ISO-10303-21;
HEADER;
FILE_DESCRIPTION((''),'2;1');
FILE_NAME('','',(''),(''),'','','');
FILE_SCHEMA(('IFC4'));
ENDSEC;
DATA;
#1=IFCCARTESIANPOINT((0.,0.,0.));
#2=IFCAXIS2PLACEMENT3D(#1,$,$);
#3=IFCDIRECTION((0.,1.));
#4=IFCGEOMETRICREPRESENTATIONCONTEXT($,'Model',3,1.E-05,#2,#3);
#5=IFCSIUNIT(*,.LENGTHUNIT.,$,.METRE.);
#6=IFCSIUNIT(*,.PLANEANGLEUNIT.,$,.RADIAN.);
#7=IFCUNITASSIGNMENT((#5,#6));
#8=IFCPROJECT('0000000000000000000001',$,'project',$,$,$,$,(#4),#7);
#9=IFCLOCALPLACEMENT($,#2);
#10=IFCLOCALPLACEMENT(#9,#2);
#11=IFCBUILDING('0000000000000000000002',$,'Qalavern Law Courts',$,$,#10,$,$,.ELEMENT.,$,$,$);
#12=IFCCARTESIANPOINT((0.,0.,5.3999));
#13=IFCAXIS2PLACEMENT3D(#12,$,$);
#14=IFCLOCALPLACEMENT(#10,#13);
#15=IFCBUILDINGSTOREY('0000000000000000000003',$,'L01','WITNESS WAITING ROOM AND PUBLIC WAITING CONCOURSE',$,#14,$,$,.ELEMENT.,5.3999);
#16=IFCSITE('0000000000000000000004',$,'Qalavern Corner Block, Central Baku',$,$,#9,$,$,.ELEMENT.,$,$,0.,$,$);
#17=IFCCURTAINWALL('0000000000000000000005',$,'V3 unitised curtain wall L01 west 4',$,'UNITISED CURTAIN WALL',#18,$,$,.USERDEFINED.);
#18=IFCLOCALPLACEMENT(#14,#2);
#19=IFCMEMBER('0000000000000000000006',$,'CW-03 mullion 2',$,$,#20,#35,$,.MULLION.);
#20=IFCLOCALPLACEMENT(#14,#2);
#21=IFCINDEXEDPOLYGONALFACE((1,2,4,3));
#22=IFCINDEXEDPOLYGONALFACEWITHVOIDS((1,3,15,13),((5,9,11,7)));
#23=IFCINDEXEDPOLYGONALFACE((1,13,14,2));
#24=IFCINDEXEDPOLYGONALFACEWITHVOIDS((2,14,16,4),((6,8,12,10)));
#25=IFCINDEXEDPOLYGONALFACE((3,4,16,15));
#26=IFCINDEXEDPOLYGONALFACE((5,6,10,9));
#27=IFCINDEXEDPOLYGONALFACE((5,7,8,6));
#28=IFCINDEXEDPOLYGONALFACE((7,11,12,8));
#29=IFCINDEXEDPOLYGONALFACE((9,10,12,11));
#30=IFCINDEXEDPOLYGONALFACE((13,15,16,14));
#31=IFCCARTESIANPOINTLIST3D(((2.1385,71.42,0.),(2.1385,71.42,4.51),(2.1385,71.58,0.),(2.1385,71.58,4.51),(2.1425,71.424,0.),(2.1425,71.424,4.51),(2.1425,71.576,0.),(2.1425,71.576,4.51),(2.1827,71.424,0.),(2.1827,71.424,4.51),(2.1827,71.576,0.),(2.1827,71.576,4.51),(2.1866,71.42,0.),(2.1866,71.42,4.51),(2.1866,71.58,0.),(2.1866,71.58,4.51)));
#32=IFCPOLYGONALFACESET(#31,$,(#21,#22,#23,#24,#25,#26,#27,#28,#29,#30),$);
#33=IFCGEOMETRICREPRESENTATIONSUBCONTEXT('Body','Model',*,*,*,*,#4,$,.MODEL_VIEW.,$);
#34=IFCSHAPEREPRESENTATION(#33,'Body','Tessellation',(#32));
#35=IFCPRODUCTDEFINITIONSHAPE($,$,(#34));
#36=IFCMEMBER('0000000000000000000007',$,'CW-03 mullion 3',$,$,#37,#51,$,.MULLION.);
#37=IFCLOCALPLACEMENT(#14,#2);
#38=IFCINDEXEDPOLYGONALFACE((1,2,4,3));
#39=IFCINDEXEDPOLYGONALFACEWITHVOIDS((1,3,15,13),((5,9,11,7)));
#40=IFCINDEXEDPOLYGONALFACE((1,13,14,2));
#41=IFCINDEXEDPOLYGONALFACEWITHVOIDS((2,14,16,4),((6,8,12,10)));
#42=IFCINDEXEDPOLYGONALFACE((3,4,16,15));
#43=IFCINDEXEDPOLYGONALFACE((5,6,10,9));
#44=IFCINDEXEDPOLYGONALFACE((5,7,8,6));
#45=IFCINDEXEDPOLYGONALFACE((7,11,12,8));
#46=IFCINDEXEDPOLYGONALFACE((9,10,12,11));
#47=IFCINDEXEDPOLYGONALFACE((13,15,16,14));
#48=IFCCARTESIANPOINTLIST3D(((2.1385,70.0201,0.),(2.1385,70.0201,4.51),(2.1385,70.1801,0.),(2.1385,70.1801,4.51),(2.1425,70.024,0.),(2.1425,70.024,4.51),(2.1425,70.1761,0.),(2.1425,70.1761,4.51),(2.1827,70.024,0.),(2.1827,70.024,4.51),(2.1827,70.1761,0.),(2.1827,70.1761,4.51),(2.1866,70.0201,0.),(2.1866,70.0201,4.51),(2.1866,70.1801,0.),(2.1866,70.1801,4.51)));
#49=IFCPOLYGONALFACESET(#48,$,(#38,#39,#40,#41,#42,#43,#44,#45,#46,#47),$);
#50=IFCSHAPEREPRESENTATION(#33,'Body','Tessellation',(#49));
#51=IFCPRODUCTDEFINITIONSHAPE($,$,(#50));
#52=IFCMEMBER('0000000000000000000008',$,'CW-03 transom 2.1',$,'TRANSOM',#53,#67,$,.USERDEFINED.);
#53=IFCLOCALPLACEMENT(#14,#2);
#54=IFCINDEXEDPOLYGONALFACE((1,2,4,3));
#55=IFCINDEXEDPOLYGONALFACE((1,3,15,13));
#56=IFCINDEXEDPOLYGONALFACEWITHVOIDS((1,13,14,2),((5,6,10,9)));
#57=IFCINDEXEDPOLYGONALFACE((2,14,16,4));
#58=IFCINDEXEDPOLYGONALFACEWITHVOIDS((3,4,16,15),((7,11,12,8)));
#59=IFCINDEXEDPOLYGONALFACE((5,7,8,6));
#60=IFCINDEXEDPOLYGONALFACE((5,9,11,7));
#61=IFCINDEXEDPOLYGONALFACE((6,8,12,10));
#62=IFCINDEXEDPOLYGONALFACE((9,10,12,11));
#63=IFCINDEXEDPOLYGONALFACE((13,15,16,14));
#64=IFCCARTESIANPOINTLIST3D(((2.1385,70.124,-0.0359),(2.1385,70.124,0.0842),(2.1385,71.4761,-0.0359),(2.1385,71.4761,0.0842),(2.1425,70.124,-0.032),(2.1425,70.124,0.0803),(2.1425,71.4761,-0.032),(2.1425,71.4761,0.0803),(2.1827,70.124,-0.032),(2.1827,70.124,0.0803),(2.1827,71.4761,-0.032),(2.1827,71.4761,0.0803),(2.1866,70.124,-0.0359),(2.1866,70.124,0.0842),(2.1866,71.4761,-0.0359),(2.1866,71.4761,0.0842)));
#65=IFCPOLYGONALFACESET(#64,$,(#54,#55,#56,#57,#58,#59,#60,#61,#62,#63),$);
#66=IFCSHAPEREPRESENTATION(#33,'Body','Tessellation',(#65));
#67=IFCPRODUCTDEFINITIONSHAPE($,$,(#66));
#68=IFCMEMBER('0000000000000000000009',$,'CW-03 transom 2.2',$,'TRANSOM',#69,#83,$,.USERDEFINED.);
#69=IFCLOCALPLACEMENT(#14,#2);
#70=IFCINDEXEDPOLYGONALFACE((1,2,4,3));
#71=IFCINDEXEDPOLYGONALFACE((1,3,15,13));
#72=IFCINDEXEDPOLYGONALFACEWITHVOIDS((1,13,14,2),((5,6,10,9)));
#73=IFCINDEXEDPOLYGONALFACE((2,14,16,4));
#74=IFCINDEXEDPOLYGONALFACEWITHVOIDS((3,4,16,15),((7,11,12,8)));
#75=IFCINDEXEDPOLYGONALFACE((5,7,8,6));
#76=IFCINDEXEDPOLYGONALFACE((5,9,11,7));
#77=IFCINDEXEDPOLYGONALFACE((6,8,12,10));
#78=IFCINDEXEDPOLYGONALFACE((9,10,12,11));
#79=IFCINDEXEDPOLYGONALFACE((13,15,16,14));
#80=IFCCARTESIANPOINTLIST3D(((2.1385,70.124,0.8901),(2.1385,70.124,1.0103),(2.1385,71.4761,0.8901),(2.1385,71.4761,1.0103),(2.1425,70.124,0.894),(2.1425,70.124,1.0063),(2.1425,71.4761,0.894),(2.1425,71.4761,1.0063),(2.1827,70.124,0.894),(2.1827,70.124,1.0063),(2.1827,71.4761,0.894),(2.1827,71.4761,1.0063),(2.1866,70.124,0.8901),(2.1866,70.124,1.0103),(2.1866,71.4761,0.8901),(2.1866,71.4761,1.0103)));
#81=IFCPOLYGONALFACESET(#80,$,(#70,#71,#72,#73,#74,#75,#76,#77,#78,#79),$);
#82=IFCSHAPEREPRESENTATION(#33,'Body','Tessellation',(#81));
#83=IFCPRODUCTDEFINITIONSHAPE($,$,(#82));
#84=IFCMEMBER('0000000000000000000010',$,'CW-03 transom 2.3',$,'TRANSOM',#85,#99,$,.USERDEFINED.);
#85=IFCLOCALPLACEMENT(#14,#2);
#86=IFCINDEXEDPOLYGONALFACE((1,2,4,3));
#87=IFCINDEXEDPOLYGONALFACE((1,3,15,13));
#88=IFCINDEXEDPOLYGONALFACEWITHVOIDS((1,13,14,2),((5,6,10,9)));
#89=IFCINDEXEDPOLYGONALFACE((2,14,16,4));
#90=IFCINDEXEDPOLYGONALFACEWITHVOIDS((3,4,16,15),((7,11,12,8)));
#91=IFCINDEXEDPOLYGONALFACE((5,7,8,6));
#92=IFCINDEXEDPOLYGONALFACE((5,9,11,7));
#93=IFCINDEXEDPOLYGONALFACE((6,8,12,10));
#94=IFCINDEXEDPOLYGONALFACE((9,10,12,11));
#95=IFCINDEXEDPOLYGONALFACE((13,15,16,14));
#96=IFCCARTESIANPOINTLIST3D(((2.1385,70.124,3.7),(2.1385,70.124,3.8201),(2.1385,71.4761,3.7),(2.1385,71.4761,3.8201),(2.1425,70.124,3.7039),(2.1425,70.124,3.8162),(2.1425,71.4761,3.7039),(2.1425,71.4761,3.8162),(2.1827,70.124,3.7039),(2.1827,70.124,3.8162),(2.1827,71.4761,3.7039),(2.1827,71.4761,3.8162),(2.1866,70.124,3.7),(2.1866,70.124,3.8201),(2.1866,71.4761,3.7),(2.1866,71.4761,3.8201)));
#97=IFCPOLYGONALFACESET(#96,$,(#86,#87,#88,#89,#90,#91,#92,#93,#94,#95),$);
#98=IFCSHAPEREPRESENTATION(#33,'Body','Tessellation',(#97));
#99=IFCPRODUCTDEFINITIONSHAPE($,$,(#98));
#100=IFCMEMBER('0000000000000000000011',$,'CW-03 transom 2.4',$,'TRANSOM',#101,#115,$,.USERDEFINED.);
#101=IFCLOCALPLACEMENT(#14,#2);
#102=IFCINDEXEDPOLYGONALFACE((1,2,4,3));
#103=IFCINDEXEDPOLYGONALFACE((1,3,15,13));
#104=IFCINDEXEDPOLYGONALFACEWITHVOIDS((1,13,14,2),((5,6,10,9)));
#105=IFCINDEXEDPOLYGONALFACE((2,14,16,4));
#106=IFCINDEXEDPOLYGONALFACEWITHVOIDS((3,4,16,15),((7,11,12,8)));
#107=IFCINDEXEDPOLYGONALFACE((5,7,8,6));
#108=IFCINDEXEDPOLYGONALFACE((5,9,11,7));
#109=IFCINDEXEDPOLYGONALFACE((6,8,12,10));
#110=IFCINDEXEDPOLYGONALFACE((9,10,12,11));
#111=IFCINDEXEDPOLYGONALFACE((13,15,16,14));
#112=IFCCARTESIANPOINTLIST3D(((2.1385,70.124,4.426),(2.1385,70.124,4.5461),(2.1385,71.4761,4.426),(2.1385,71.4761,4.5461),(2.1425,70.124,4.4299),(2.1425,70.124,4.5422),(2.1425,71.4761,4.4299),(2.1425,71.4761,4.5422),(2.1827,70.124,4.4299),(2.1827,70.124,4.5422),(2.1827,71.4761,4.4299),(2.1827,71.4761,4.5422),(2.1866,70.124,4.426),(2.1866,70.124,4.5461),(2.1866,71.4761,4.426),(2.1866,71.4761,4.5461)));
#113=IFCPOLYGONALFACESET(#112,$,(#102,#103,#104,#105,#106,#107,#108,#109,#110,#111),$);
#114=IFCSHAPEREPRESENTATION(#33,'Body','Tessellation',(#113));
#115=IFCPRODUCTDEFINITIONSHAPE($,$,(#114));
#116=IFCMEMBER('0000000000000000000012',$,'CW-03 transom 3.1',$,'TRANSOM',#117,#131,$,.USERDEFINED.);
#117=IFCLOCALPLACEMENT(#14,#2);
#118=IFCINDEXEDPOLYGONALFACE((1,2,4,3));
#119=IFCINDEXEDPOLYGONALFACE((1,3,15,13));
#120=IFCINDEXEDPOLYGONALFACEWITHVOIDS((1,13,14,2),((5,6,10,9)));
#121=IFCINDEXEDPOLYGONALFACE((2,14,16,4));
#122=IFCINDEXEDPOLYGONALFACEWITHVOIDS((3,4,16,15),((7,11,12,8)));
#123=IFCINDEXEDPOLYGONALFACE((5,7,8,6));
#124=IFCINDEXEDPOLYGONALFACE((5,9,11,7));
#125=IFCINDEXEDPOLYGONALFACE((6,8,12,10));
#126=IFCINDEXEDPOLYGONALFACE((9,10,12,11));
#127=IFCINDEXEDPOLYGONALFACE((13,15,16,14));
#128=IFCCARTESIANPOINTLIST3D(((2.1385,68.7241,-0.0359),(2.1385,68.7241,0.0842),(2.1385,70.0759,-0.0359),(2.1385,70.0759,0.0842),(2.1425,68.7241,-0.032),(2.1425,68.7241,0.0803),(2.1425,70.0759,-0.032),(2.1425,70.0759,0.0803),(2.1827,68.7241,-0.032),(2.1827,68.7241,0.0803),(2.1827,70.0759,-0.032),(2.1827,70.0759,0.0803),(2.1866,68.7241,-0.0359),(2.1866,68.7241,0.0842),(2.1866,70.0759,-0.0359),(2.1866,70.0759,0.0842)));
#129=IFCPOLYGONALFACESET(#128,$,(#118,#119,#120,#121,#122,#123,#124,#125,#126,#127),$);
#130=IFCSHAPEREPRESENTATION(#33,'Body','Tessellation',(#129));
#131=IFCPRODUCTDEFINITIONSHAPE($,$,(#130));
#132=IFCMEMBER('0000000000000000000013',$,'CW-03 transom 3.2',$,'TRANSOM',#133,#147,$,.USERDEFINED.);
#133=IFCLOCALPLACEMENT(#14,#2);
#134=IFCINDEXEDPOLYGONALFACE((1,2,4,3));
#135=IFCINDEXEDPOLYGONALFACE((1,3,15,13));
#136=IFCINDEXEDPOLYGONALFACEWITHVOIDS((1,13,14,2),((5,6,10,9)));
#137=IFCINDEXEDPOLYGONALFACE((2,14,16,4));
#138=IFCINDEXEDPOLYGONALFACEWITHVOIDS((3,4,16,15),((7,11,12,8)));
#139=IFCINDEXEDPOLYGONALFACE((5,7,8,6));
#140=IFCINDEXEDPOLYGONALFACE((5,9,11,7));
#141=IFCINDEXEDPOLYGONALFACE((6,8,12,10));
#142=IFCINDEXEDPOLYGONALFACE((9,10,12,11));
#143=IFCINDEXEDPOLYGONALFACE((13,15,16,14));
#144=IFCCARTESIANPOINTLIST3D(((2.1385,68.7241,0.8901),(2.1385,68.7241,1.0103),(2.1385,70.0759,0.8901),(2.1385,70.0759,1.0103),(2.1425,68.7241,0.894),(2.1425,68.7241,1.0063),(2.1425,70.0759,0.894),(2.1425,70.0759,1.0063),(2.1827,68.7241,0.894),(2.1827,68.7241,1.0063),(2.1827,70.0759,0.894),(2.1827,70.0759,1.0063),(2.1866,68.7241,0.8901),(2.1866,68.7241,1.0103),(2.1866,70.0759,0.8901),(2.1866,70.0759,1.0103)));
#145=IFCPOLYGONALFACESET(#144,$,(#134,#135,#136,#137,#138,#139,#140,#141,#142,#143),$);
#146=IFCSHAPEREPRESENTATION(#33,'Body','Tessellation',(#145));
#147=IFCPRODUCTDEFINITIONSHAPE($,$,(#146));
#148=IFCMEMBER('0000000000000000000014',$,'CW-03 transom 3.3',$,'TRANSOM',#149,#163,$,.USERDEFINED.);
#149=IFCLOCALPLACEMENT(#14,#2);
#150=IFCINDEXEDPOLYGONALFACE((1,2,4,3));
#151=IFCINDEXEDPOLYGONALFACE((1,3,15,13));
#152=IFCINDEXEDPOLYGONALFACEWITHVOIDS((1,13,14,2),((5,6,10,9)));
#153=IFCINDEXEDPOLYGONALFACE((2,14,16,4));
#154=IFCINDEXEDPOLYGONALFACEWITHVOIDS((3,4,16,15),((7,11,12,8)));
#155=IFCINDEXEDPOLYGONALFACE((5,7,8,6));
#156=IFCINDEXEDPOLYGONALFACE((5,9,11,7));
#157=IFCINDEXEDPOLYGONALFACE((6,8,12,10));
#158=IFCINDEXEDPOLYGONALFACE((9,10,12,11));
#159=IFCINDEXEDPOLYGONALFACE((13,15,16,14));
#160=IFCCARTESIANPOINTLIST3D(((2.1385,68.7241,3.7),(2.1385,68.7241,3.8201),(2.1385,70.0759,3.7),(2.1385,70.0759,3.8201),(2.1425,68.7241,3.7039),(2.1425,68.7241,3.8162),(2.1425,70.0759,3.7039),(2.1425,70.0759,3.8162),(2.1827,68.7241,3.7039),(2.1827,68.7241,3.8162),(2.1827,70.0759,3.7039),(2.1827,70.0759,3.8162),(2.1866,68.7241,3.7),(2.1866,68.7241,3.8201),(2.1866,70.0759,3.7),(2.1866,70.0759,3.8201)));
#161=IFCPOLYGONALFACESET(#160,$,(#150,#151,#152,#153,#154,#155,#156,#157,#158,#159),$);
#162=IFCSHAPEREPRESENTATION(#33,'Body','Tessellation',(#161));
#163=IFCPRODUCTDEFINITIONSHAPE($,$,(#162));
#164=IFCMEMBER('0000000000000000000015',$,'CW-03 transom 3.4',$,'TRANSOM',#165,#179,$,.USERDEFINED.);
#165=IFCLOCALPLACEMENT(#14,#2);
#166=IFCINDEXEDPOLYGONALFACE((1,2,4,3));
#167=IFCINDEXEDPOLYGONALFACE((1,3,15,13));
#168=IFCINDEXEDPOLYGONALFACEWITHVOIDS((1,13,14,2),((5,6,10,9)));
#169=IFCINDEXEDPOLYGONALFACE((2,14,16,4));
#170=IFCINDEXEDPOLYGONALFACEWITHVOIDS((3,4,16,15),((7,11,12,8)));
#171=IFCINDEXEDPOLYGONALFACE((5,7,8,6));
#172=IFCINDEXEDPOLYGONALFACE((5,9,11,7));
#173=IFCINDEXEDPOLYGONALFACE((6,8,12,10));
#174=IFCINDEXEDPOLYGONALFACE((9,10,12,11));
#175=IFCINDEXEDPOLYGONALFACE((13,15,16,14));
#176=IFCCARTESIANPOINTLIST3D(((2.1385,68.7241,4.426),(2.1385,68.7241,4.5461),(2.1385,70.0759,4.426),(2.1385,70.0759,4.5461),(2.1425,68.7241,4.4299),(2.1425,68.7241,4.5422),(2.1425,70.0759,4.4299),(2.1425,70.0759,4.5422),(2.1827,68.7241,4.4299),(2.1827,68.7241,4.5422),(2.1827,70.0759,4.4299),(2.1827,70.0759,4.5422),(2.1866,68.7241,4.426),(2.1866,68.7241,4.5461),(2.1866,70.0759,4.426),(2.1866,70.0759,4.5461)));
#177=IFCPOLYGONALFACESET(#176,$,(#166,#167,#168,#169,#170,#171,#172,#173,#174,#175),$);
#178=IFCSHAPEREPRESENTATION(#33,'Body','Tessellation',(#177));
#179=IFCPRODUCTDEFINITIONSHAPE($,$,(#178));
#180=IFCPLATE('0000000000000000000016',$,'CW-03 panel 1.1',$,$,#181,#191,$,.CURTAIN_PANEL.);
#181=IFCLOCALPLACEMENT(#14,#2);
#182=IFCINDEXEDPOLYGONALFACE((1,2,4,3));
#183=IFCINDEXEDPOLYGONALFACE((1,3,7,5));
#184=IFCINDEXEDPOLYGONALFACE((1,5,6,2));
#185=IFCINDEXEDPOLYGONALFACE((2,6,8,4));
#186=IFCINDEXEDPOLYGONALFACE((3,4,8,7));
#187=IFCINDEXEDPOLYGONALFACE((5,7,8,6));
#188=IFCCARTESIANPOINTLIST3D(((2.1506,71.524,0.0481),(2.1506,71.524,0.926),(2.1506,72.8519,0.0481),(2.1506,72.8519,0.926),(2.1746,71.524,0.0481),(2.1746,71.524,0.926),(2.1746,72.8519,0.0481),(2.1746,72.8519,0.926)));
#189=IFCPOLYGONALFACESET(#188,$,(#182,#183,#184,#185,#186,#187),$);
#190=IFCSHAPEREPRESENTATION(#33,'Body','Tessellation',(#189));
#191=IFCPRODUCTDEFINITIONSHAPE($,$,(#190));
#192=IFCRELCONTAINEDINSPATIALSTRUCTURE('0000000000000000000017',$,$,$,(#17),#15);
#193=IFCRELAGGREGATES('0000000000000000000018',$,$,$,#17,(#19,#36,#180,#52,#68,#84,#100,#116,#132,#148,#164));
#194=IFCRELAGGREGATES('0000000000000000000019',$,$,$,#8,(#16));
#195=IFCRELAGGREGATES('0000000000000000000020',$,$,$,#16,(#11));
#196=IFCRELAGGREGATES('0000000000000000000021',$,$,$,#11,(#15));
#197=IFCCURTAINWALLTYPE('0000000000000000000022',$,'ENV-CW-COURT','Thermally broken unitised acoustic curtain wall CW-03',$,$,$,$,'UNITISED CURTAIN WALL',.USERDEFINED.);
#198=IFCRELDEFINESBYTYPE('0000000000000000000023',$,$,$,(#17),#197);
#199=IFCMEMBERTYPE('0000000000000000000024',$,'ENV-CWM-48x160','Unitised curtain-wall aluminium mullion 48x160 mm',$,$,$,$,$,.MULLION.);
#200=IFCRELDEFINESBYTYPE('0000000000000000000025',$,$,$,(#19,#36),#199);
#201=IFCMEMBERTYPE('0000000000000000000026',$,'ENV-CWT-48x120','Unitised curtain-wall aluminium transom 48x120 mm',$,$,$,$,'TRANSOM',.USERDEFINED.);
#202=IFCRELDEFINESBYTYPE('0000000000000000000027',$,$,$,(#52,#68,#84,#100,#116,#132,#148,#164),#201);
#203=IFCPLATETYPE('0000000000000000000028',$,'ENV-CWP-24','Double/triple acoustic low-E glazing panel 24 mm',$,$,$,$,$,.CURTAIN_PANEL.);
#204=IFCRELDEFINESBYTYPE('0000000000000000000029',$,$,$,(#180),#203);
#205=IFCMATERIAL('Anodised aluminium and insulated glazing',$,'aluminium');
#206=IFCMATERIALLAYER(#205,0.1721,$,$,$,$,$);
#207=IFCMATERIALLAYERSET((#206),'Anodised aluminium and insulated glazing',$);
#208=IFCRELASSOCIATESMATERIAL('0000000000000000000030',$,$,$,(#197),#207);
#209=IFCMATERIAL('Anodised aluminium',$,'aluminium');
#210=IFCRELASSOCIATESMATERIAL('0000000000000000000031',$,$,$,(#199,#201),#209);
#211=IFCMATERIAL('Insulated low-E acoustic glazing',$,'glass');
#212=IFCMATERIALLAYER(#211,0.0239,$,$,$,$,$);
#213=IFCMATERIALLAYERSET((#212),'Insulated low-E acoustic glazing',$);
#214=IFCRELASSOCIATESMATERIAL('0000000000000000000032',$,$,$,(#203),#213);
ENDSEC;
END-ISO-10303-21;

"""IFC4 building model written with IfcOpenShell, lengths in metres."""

from ifc_helpers import new_model, si_unit, direction, frame, origin, origin_2d, place, context, subcontext, project, spatial, rectangle, hollow_rectangle, extrude, material, layer, layer_set, material_profile, profile_set, type_object, element, aggregate, save


model = new_model("IFC4")

# Units and contexts
model_context = context("Model", 3, precision=1e-05, world=origin(), true_north=direction((0.0, 1.0)))
body_context = subcontext(model_context, "Body", "Model", "MODEL_VIEW")
ifc_project = project(units=[si_unit("LENGTHUNIT", "METRE"), si_unit("PLANEANGLEUNIT", "RADIAN")], contexts=[model_context])

# Site, building, storey
site_placement = place(None, origin())
site = spatial("IfcSite", under=ifc_project, at=site_placement, Name="Qalavern Corner Block, Central Baku", CompositionType="ELEMENT", RefElevation=0.0)
building_placement = place(site_placement, origin())
building = spatial("IfcBuilding", under=site, at=building_placement, Name="Qalavern Law Courts", CompositionType="ELEMENT")
storey_placement = place(building_placement, frame((0.0, 0.0, 5.3999)))
storey = spatial("IfcBuildingStorey", under=building, at=storey_placement, Name="L01", Description="WITNESS WAITING ROOM AND PUBLIC WAITING CONCOURSE", CompositionType="ELEMENT", Elevation=5.3999)

# Curtain wall, members, plate
ifc_material_1 = material(Name="Anodised aluminium and insulated glazing", Category="aluminium")
ifc_layer_1 = layer(ifc_material_1, 0.1721)
ifc_layer_set_1 = layer_set([ifc_layer_1], Name="Anodised aluminium and insulated glazing")
curtain_wall_type = type_object("IfcCurtainWallType", Name="ENV-CW-COURT", Description="Thermally broken unitised acoustic curtain wall CW-03", ElementType="UNITISED CURTAIN WALL", PredefinedType="USERDEFINED", material=ifc_layer_set_1)
curtain_wall_placement = place(storey_placement, origin())
curtain_wall = element("IfcCurtainWall", 1, at=curtain_wall_placement, inside=storey, type_object=curtain_wall_type, Name="V3 unitised curtain wall L01 west 4", ObjectType="UNITISED CURTAIN WALL", PredefinedType="USERDEFINED")
ifc_material_2 = material(Name="Anodised aluminium", Category="aluminium")
ifc_material_profile_1 = material_profile(ifc_material_2, hollow_rectangle(XDim=0.0481, YDim=0.1599, WallThickness=0.0039, at=origin_2d()), Name="ALU MULLION 48x160")
ifc_profile_set_1 = profile_set([ifc_material_profile_1], Name="Anodised aluminium")
member_type_1 = type_object("IfcMemberType", Name="ENV-CWM-48x160", Description="Unitised curtain-wall aluminium mullion 48x160 mm", PredefinedType="MULLION", material=ifc_profile_set_1)
member_1_placement = place(storey_placement, frame((2.1626, 71.5, 0.0), z_axis=(0.0, 0.0, 1.0), x_axis=(1.0, 0.0, 0.0)))
member_1 = element("IfcMember", 2, at=member_1_placement, type_object=member_type_1, Name="CW-03 mullion 2", PredefinedType="MULLION", context=body_context, shape_type="SweptSolid", body=[
    extrude(hollow_rectangle(XDim=0.0481, YDim=0.1599, WallThickness=0.0039, at=origin_2d()), origin(), (0.0, 0.0, 1.0), 4.51),
])
member_2_placement = place(storey_placement, frame((2.1626, 70.1001, 0.0), z_axis=(0.0, 0.0, 1.0), x_axis=(1.0, 0.0, 0.0)))
member_2 = element("IfcMember", 3, at=member_2_placement, type_object=member_type_1, Name="CW-03 mullion 3", PredefinedType="MULLION", context=body_context, shape_type="SweptSolid", body=[
    extrude(hollow_rectangle(XDim=0.0481, YDim=0.1599, WallThickness=0.0039, at=origin_2d()), origin(), (0.0, 0.0, 1.0), 4.51),
])
ifc_material_profile_2 = material_profile(ifc_material_2, hollow_rectangle(XDim=0.0481, YDim=0.1201, WallThickness=0.0039, at=origin_2d()), Name="ALU TRANSOM 48x120")
ifc_profile_set_2 = profile_set([ifc_material_profile_2], Name="Anodised aluminium")
member_type_2 = type_object("IfcMemberType", Name="ENV-CWT-48x120", Description="Unitised curtain-wall aluminium transom 48x120 mm", ElementType="TRANSOM", PredefinedType="USERDEFINED", material=ifc_profile_set_2)
member_3_placement = place(storey_placement, frame((2.1626, 71.4761, 0.0242), z_axis=(0.0, -1.0, 0.0), x_axis=(1.0, 0.0, 0.0)))
member_3 = element("IfcMember", 4, at=member_3_placement, type_object=member_type_2, Name="CW-03 transom 2.1", ObjectType="TRANSOM", PredefinedType="USERDEFINED", context=body_context, shape_type="SweptSolid", body=[
    extrude(hollow_rectangle(XDim=0.0481, YDim=0.1201, WallThickness=0.0039, at=origin_2d()), origin(), (0.0, 0.0, 1.0), 1.3521),
])
member_4_placement = place(storey_placement, frame((2.1626, 71.4761, 0.9502), z_axis=(0.0, -1.0, 0.0), x_axis=(1.0, 0.0, 0.0)))
member_4 = element("IfcMember", 5, at=member_4_placement, type_object=member_type_2, Name="CW-03 transom 2.2", ObjectType="TRANSOM", PredefinedType="USERDEFINED", context=body_context, shape_type="SweptSolid", body=[
    extrude(hollow_rectangle(XDim=0.0481, YDim=0.1201, WallThickness=0.0039, at=origin_2d()), origin(), (0.0, 0.0, 1.0), 1.3521),
])
member_5_placement = place(storey_placement, frame((2.1626, 71.4761, 3.76), z_axis=(0.0, -1.0, 0.0), x_axis=(1.0, 0.0, 0.0)))
member_5 = element("IfcMember", 6, at=member_5_placement, type_object=member_type_2, Name="CW-03 transom 2.3", ObjectType="TRANSOM", PredefinedType="USERDEFINED", context=body_context, shape_type="SweptSolid", body=[
    extrude(hollow_rectangle(XDim=0.0481, YDim=0.1201, WallThickness=0.0039, at=origin_2d()), origin(), (0.0, 0.0, 1.0), 1.3521),
])
member_6_placement = place(storey_placement, frame((2.1626, 71.4761, 4.4861), z_axis=(0.0, -1.0, 0.0), x_axis=(1.0, 0.0, 0.0)))
member_6 = element("IfcMember", 7, at=member_6_placement, type_object=member_type_2, Name="CW-03 transom 2.4", ObjectType="TRANSOM", PredefinedType="USERDEFINED", context=body_context, shape_type="SweptSolid", body=[
    extrude(hollow_rectangle(XDim=0.0481, YDim=0.1201, WallThickness=0.0039, at=origin_2d()), origin(), (0.0, 0.0, 1.0), 1.3521),
])
member_7_placement = place(storey_placement, frame((2.1626, 70.0759, 0.0242), z_axis=(0.0, -1.0, 0.0), x_axis=(1.0, 0.0, 0.0)))
member_7 = element("IfcMember", 8, at=member_7_placement, type_object=member_type_2, Name="CW-03 transom 3.1", ObjectType="TRANSOM", PredefinedType="USERDEFINED", context=body_context, shape_type="SweptSolid", body=[
    extrude(hollow_rectangle(XDim=0.0481, YDim=0.1201, WallThickness=0.0039, at=origin_2d()), origin(), (0.0, 0.0, 1.0), 1.3518),
])
member_8_placement = place(storey_placement, frame((2.1626, 70.0759, 0.9502), z_axis=(0.0, -1.0, 0.0), x_axis=(1.0, 0.0, 0.0)))
member_8 = element("IfcMember", 9, at=member_8_placement, type_object=member_type_2, Name="CW-03 transom 3.2", ObjectType="TRANSOM", PredefinedType="USERDEFINED", context=body_context, shape_type="SweptSolid", body=[
    extrude(hollow_rectangle(XDim=0.0481, YDim=0.1201, WallThickness=0.0039, at=origin_2d()), origin(), (0.0, 0.0, 1.0), 1.3518),
])
member_9_placement = place(storey_placement, frame((2.1626, 70.0759, 3.76), z_axis=(0.0, -1.0, 0.0), x_axis=(1.0, 0.0, 0.0)))
member_9 = element("IfcMember", 10, at=member_9_placement, type_object=member_type_2, Name="CW-03 transom 3.3", ObjectType="TRANSOM", PredefinedType="USERDEFINED", context=body_context, shape_type="SweptSolid", body=[
    extrude(hollow_rectangle(XDim=0.0481, YDim=0.1201, WallThickness=0.0039, at=origin_2d()), origin(), (0.0, 0.0, 1.0), 1.3518),
])
member_10_placement = place(storey_placement, frame((2.1626, 70.0759, 4.4861), z_axis=(0.0, -1.0, 0.0), x_axis=(1.0, 0.0, 0.0)))
member_10 = element("IfcMember", 11, at=member_10_placement, type_object=member_type_2, Name="CW-03 transom 3.4", ObjectType="TRANSOM", PredefinedType="USERDEFINED", context=body_context, shape_type="SweptSolid", body=[
    extrude(hollow_rectangle(XDim=0.0481, YDim=0.1201, WallThickness=0.0039, at=origin_2d()), origin(), (0.0, 0.0, 1.0), 1.3518),
])
ifc_material_3 = material(Name="Insulated low-E acoustic glazing", Category="glass")
ifc_layer_2 = layer(ifc_material_3, 0.0239)
ifc_layer_set_2 = layer_set([ifc_layer_2], Name="Insulated low-E acoustic glazing")
plate_type = type_object("IfcPlateType", Name="ENV-CWP-24", Description="Double/triple acoustic low-E glazing panel 24 mm", PredefinedType="CURTAIN_PANEL", material=ifc_layer_set_2)
plate_1_placement = place(storey_placement, frame((2.1626, 72.188, 0.0481), z_axis=(0.0, 0.0, 1.0), x_axis=(0.0, -1.0, 0.0)))
plate_1 = element("IfcPlate", 12, at=plate_1_placement, type_object=plate_type, Name="CW-03 panel 1.1", PredefinedType="CURTAIN_PANEL", context=body_context, shape_type="SweptSolid", body=[
    extrude(rectangle(XDim=1.3279, YDim=0.0239, at=origin_2d()), origin(), (0.0, 0.0, 1.0), 0.8779),
])
aggregate(curtain_wall, [member_1, member_2, plate_1, member_3, member_4, member_5, member_6, member_7, member_8, member_9, member_10])

save(model, "model.ifc")
